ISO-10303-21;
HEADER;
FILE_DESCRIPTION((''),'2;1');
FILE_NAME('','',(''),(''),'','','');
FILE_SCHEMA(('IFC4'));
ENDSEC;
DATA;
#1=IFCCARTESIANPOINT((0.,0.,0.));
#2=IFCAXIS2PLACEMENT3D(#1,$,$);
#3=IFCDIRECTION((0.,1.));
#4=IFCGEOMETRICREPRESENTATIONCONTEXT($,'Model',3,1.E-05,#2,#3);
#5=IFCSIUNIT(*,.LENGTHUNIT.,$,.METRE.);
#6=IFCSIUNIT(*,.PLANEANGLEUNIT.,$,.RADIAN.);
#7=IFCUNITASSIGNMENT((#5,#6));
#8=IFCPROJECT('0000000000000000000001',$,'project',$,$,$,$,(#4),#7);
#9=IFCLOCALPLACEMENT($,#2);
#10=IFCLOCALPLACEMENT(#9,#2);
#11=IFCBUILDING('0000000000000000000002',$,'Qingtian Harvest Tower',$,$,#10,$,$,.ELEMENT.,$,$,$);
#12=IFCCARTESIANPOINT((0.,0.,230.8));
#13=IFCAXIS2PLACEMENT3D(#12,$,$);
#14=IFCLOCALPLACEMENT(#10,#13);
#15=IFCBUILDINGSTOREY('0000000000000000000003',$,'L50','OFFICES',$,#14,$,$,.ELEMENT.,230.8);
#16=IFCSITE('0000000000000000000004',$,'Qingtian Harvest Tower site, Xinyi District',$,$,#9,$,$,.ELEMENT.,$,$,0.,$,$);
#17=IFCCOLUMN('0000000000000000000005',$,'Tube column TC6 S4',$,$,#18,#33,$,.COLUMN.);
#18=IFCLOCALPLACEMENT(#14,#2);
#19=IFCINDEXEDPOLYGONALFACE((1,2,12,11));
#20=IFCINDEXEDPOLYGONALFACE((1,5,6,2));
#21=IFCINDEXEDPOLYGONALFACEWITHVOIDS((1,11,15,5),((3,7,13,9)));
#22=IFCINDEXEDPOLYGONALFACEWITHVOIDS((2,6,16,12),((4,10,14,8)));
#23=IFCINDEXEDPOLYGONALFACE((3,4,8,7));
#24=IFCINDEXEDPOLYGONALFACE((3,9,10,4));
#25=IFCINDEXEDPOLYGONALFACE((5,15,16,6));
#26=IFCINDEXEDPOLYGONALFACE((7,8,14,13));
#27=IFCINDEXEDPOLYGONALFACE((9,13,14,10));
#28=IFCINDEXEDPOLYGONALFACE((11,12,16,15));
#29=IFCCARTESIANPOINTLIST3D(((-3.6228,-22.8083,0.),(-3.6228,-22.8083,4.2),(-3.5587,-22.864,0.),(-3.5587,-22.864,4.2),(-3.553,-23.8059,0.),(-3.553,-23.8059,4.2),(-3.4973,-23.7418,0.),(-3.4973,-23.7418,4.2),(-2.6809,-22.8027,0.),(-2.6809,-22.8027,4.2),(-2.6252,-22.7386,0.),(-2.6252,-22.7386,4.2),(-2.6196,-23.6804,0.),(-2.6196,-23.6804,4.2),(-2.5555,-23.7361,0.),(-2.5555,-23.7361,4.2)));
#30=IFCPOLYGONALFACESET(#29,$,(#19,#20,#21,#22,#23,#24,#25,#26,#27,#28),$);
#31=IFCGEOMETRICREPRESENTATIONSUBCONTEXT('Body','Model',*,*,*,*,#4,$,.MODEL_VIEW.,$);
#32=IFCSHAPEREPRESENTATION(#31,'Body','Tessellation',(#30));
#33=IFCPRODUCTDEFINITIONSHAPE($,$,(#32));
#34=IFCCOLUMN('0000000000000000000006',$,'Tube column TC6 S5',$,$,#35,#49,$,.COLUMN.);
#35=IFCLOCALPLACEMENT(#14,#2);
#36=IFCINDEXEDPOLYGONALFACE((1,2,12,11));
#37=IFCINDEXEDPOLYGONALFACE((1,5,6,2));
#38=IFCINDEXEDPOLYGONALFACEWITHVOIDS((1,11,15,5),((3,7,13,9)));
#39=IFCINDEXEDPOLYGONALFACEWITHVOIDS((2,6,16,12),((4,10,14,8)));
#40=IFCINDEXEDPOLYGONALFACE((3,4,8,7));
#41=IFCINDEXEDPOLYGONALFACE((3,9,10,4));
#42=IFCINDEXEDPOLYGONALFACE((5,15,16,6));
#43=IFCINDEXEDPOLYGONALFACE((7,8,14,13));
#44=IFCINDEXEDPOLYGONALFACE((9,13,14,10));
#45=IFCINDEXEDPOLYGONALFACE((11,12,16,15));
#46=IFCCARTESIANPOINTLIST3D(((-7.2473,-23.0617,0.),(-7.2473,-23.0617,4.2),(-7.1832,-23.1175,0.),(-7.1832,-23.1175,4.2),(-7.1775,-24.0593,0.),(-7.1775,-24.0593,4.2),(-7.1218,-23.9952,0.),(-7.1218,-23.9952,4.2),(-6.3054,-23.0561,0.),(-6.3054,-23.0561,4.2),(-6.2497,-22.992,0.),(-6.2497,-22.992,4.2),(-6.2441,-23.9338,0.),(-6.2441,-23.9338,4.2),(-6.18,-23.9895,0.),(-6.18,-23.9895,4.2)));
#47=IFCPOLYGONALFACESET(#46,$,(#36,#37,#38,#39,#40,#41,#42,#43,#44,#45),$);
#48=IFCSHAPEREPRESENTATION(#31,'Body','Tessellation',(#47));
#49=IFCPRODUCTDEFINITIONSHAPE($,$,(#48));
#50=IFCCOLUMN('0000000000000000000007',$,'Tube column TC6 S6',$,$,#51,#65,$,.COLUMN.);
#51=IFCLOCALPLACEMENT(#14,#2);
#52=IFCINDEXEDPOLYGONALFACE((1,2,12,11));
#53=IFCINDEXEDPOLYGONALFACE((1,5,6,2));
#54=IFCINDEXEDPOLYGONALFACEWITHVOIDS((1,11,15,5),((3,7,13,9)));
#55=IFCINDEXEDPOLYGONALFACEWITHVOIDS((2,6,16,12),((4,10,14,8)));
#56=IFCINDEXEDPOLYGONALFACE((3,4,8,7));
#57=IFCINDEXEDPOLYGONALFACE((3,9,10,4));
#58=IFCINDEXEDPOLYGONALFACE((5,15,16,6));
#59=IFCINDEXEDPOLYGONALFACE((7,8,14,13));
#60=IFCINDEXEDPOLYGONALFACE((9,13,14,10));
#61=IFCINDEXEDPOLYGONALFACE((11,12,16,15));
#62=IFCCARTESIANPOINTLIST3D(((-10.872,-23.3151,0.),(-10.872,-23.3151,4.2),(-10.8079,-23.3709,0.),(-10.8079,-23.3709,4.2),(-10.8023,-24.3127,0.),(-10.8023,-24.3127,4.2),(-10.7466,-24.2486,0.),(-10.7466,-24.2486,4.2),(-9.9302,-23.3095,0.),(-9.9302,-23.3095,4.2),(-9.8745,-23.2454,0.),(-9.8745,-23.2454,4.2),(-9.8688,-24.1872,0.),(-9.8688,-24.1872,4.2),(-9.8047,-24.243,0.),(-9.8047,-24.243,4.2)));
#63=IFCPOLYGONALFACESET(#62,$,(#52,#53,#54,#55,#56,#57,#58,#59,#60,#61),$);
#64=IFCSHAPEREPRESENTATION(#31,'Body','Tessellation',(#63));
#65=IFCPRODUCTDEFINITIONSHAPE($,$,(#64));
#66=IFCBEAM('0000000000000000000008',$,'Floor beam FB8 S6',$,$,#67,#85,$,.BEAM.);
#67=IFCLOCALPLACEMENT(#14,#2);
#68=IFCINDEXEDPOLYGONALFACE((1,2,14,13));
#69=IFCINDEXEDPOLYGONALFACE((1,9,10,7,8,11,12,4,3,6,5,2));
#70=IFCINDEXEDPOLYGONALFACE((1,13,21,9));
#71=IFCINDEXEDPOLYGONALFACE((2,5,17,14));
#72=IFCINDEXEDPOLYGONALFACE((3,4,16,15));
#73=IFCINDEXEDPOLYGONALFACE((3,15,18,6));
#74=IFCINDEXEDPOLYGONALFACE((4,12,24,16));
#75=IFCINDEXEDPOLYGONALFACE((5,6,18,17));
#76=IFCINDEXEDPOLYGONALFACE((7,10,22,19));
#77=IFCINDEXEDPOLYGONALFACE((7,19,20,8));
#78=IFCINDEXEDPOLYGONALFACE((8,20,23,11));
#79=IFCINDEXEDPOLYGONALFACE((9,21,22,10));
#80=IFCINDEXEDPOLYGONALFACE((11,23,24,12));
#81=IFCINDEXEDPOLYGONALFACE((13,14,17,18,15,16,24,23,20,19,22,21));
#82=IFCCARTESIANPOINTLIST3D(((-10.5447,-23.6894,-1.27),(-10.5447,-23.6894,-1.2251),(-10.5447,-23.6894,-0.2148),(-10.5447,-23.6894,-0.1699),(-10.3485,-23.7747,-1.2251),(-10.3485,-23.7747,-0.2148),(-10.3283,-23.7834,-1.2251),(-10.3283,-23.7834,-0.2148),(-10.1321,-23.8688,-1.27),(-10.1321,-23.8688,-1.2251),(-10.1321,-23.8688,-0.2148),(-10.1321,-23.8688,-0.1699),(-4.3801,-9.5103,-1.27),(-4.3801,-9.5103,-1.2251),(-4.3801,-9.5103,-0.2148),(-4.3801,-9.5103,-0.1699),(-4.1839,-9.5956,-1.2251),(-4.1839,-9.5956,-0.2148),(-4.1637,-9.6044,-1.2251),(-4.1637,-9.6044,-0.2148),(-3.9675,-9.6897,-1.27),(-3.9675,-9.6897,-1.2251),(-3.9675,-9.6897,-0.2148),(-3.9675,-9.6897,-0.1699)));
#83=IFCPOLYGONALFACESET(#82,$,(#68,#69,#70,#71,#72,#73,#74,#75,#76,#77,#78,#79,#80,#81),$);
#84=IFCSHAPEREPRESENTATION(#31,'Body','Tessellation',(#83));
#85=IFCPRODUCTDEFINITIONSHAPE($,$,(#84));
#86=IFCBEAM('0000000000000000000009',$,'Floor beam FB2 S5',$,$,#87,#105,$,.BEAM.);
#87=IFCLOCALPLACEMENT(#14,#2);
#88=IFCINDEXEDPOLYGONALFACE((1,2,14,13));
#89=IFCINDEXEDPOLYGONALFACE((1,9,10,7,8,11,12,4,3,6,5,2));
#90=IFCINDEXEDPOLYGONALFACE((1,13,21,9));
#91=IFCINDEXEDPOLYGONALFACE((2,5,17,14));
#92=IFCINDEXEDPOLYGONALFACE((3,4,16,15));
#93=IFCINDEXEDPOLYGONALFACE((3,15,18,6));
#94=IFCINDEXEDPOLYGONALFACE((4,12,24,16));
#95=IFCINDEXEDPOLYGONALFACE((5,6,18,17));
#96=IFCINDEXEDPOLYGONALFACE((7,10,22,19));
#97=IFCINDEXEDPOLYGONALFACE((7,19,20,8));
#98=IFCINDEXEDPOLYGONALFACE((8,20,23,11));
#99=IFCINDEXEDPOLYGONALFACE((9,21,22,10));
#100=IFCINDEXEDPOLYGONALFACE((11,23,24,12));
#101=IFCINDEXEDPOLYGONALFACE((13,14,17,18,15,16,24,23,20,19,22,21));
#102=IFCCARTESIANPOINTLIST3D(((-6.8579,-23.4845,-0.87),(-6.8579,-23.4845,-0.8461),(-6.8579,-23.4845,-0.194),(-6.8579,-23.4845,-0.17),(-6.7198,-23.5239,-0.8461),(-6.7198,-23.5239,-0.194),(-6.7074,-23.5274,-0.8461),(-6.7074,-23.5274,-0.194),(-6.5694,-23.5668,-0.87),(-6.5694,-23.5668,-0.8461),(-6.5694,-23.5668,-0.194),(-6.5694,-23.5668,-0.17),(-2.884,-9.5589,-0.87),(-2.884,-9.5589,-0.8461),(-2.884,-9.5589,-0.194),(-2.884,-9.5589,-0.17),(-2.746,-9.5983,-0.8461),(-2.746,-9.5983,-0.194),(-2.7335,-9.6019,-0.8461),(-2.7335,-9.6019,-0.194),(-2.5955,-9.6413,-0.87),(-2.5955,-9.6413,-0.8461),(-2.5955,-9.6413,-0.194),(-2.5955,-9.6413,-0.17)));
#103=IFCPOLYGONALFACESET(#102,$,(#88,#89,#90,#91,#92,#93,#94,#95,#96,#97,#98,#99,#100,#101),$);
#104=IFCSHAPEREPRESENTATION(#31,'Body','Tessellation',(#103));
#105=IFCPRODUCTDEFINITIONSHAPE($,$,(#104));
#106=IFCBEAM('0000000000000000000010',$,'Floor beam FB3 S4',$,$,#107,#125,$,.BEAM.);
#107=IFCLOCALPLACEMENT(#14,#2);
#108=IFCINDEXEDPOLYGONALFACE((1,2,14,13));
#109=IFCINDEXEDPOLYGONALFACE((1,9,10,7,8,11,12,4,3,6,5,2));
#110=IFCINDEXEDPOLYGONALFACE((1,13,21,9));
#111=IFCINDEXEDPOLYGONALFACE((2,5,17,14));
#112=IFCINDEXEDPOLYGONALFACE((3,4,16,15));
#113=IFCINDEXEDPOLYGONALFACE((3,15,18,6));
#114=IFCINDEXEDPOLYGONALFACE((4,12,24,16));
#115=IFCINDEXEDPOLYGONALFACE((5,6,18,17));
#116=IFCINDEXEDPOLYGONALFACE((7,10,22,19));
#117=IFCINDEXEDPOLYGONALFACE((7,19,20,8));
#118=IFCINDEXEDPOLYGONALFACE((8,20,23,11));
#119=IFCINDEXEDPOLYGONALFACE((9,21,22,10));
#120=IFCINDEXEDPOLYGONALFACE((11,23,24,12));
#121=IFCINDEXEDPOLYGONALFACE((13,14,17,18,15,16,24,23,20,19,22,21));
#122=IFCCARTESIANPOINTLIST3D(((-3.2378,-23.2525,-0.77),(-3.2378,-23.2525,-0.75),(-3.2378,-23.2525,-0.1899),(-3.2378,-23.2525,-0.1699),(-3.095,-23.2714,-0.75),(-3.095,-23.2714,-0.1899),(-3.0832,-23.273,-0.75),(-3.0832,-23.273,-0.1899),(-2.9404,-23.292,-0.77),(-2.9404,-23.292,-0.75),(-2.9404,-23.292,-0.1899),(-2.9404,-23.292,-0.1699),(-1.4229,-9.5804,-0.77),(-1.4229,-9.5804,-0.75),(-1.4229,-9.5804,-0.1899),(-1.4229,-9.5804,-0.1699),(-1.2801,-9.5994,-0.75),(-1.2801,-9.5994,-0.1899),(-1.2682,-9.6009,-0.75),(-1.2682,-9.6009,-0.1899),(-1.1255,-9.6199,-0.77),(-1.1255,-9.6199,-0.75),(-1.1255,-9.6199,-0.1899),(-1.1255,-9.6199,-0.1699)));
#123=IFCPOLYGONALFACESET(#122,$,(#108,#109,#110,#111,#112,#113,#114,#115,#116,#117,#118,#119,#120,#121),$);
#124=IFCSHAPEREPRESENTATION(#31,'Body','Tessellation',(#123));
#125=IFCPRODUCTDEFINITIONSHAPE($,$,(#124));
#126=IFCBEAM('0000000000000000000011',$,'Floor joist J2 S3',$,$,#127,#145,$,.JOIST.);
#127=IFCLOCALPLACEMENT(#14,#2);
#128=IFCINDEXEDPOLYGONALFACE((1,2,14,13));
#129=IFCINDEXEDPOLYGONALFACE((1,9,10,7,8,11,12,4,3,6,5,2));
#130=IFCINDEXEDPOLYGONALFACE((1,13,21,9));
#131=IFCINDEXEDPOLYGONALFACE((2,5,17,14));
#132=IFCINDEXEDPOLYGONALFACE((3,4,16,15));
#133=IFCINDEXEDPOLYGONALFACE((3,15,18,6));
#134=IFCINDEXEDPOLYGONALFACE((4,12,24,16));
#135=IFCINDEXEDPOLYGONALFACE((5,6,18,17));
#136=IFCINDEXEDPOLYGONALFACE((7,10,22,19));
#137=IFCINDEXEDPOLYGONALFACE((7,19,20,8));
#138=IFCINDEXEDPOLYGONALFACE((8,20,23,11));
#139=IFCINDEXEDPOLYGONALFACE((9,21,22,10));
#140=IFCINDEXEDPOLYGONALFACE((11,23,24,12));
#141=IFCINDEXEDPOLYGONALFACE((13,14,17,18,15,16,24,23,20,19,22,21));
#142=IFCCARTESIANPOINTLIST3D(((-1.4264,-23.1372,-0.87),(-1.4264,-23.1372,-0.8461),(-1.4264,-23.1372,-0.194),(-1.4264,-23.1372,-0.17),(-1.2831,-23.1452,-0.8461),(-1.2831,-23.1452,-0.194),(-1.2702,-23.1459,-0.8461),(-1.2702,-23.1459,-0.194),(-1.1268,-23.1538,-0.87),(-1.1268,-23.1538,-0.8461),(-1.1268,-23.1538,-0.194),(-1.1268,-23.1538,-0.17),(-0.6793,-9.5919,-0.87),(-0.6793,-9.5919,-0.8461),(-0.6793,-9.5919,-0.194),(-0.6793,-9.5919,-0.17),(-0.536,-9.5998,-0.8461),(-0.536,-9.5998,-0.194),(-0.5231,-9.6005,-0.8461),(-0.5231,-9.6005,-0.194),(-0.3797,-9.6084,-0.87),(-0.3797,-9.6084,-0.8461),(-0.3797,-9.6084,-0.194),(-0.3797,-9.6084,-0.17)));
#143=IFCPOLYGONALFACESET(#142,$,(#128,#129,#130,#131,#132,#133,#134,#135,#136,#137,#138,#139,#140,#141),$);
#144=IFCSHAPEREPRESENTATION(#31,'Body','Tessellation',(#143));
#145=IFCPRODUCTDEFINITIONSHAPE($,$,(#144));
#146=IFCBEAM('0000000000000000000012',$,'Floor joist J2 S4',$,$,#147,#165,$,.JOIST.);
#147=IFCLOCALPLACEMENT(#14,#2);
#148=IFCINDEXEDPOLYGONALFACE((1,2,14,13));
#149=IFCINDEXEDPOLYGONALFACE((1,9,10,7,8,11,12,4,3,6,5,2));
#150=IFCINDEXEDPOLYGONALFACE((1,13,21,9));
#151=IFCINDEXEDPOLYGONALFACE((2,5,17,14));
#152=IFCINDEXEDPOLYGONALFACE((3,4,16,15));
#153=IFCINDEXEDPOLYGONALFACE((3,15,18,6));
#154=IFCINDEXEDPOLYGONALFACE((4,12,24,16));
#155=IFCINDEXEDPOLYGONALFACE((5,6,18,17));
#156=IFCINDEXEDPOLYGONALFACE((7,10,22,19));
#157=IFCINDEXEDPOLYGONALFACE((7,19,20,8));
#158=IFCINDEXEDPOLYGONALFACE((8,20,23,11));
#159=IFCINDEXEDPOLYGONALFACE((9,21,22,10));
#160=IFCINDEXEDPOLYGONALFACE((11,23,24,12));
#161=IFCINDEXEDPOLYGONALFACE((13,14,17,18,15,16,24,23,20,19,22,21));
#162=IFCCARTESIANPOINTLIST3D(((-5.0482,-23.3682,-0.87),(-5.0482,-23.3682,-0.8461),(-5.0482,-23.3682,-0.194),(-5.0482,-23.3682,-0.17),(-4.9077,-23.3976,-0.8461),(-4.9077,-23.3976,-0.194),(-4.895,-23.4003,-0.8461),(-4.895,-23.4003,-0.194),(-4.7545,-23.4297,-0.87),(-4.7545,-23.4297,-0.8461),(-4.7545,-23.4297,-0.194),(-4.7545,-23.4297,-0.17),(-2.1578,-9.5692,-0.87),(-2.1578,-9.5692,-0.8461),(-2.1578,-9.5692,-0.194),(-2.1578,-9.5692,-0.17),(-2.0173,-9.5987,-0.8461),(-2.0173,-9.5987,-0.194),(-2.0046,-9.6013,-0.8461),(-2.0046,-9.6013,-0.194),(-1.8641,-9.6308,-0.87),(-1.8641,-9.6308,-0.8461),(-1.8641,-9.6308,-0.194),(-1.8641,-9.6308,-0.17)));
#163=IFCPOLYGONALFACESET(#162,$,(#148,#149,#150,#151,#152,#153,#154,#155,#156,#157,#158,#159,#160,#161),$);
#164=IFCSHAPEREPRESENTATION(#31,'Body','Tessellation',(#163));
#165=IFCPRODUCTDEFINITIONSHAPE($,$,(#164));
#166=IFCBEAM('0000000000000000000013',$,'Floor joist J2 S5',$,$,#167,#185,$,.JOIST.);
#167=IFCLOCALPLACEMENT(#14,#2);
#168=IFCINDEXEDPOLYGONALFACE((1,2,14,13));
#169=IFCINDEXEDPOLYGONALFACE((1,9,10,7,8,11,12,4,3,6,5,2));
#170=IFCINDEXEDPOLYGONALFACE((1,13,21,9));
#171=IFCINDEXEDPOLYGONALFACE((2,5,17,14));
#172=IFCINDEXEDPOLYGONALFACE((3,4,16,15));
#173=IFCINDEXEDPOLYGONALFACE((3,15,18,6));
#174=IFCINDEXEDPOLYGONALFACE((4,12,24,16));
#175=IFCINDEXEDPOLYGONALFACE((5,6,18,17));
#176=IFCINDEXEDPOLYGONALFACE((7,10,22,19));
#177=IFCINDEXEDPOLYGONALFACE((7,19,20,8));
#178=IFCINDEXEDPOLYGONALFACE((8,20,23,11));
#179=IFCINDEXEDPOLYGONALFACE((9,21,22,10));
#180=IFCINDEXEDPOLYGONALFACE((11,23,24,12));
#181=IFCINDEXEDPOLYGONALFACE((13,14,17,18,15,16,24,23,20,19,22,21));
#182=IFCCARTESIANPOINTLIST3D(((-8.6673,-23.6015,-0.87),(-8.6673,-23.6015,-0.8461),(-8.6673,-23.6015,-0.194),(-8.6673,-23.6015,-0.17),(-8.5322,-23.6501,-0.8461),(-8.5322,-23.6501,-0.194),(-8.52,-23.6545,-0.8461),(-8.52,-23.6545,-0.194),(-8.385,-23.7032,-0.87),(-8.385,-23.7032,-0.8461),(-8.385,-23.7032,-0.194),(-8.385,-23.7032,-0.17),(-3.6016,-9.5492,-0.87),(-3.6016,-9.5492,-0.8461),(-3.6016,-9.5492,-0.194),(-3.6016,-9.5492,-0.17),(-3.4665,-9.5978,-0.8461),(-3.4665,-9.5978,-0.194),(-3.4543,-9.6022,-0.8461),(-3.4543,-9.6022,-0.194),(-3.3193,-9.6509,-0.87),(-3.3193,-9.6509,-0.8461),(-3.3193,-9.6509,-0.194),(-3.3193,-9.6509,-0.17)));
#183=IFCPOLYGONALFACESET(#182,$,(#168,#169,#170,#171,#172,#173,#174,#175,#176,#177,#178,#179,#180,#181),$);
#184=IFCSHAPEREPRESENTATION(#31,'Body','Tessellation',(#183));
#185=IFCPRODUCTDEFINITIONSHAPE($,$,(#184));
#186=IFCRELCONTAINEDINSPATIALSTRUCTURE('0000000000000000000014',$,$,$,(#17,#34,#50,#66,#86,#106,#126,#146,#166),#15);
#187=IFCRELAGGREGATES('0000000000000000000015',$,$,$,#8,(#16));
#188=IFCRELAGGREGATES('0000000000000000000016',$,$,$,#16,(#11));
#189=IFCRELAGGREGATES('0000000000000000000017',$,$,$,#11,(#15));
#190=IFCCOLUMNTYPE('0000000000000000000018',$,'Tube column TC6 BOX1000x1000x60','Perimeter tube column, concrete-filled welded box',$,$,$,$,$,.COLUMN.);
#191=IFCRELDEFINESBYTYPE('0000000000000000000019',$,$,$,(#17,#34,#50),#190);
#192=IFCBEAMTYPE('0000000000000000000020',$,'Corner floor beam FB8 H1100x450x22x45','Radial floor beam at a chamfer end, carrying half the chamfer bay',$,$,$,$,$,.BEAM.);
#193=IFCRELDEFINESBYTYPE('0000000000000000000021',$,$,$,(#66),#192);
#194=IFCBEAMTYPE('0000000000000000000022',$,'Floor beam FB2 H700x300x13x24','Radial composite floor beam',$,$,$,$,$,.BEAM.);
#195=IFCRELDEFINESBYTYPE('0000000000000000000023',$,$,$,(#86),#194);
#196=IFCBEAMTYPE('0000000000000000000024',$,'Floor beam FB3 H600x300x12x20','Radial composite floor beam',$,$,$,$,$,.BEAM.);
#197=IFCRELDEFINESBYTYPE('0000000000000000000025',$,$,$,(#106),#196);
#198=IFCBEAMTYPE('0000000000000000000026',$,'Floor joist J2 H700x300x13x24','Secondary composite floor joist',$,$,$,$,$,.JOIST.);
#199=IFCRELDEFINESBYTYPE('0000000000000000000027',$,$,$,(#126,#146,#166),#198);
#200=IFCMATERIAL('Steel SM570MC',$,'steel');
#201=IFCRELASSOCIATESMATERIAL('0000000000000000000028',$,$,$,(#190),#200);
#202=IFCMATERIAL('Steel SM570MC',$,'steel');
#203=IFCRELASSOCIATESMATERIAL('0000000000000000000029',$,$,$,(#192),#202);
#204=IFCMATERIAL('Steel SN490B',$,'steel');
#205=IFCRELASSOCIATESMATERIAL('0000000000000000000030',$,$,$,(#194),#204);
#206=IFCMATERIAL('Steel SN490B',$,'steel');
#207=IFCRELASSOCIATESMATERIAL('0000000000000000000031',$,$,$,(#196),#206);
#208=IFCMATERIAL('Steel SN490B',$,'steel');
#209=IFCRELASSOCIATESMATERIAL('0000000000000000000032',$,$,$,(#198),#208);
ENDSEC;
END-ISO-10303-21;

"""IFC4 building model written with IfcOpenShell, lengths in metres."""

from ifc_helpers import new_model, si_unit, direction, frame, origin, origin_2d, place, context, subcontext, project, spatial, hollow_rectangle, i_section, extrude, material, material_profile, profile_set, type_object, element, save


model = new_model("IFC4")

# Units and contexts
model_context = context("Model", 3, precision=1e-05, world=origin(), true_north=direction((0.0, 1.0)))
body_context = subcontext(model_context, "Body", "Model", "MODEL_VIEW")
ifc_project = project(units=[si_unit("LENGTHUNIT", "METRE"), si_unit("PLANEANGLEUNIT", "RADIAN")], contexts=[model_context])

# Site, building, storey
site_placement = place(None, origin())
site = spatial("IfcSite", under=ifc_project, at=site_placement, Name="Qingtian Harvest Tower site, Xinyi District", CompositionType="ELEMENT", RefElevation=0.0)
building_placement = place(site_placement, origin())
building = spatial("IfcBuilding", under=site, at=building_placement, Name="Qingtian Harvest Tower", CompositionType="ELEMENT")
storey_placement = place(building_placement, frame((0.0, 0.0, 230.8)))
storey = spatial("IfcBuildingStorey", under=building, at=storey_placement, Name="L50", Description="OFFICES", CompositionType="ELEMENT", Elevation=230.8)

# Columns
ifc_material_1 = material(Name="Steel SM570MC", Category="steel")
ifc_material_profile_1 = material_profile(ifc_material_1, hollow_rectangle(XDim=1.0, YDim=1.0, WallThickness=0.0601, at=origin_2d()), Name="BOX1000x1000x60")
ifc_profile_set_1 = profile_set([ifc_material_profile_1], Name="Steel SM570MC")
column_type = type_object("IfcColumnType", Name="Tube column TC6 BOX1000x1000x60", Description="Perimeter tube column, concrete-filled welded box", PredefinedType="COLUMN", material=ifc_profile_set_1)
for number, where, z_axis, x_axis, name in (
    (1, (-3.0891, -23.2722, 0.0), (0.0, 0.0, 1.0), (0.997564, 0.069756, 0.0), "Tube column TC6 S4"),
    (2, (-6.7136, -23.5256, 0.0), (0.0, 0.0, 1.0), (0.997564, 0.069756, 0.0), "Tube column TC6 S5"),
    (3, (-10.3384, -23.7791, 0.0), (0.0, 0.0, 1.0), (0.997564, 0.069756, 0.0), "Tube column TC6 S6"),
):
    element("IfcColumn", number, at=place(storey_placement, frame(where, z_axis=z_axis, x_axis=x_axis)), inside=storey, type_object=column_type, Name=name, PredefinedType="COLUMN", context=body_context, shape_type="SweptSolid", body=[
        extrude(hollow_rectangle(XDim=1.0, YDim=1.0, WallThickness=0.0601, at=origin_2d()), origin(), (0.0, 0.0, 1.0), 4.2),
    ])

# Beams
ifc_material_2 = material(Name="Steel SM570MC", Category="steel")
ifc_material_profile_2 = material_profile(ifc_material_2, i_section(OverallWidth=0.45, OverallDepth=1.1001, WebThickness=0.022, FlangeThickness=0.0449, at=origin_2d()), Name="H1100x450x22x45")
ifc_profile_set_2 = profile_set([ifc_material_profile_2], Name="Steel SM570MC")
beam_type_1 = type_object("IfcBeamType", Name="Corner floor beam FB8 H1100x450x22x45", Description="Radial floor beam at a chamfer end, carrying half the chamfer bay", PredefinedType="BEAM", material=ifc_profile_set_2)
beam_1_placement = place(storey_placement, frame((-10.3384, -23.7791, -0.72), z_axis=(0.398715, 0.917075, 0.0), x_axis=(-0.917075, 0.398715, 0.0)))
element("IfcBeam", 4, at=beam_1_placement, inside=storey, type_object=beam_type_1, Name="Floor beam FB8 S6", PredefinedType="BEAM", context=body_context, shape_type="SweptSolid", body=[
    extrude(i_section(OverallWidth=0.45, OverallDepth=1.1001, WebThickness=0.022, FlangeThickness=0.0449, at=origin_2d()), origin(), (0.0, 0.0, 1.0), 15.4612),
])
ifc_material_3 = material(Name="Steel SN490B", Category="steel")
ifc_material_profile_3 = material_profile(ifc_material_3, i_section(OverallWidth=0.3, OverallDepth=0.7, WebThickness=0.0129, FlangeThickness=0.0239, at=origin_2d()), Name="H700x300x13x24")
ifc_profile_set_3 = profile_set([ifc_material_profile_3], Name="Steel SN490B")
beam_type_2 = type_object("IfcBeamType", Name="Floor beam FB2 H700x300x13x24", Description="Radial composite floor beam", PredefinedType="BEAM", material=ifc_profile_set_3)
beam_2_placement = place(storey_placement, frame((-6.7136, -23.5256, -0.52), z_axis=(0.274412, 0.961612, 0.0), x_axis=(-0.961612, 0.274412, 0.0)))
element("IfcBeam", 5, at=beam_2_placement, inside=storey, type_object=beam_type_2, Name="Floor beam FB2 S5", PredefinedType="BEAM", context=body_context, shape_type="SweptSolid", body=[
    extrude(i_section(OverallWidth=0.3, OverallDepth=0.7, WebThickness=0.0129, FlangeThickness=0.0239, at=origin_2d()), origin(), (0.0, 0.0, 1.0), 14.4814),
])
ifc_material_4 = material(Name="Steel SN490B", Category="steel")
ifc_material_profile_4 = material_profile(ifc_material_4, i_section(OverallWidth=0.3, OverallDepth=0.6001, WebThickness=0.012, FlangeThickness=0.02, at=origin_2d()), Name="H600x300x12x20")
ifc_profile_set_4 = profile_set([ifc_material_profile_4], Name="Steel SN490B")
beam_type_3 = type_object("IfcBeamType", Name="Floor beam FB3 H600x300x12x20", Description="Radial composite floor beam", PredefinedType="BEAM", material=ifc_profile_set_4)
beam_3_placement = place(storey_placement, frame((-3.0891, -23.2722, -0.47), z_axis=(0.131593, 0.991304, 0.0), x_axis=(-0.991304, 0.131593, 0.0)))
element("IfcBeam", 6, at=beam_3_placement, inside=storey, type_object=beam_type_3, Name="Floor beam FB3 S4", PredefinedType="BEAM", context=body_context, shape_type="SweptSolid", body=[
    extrude(i_section(OverallWidth=0.3, OverallDepth=0.6001, WebThickness=0.012, FlangeThickness=0.02, at=origin_2d()), origin(), (0.0, 0.0, 1.0), 13.792),
])
ifc_material_5 = material(Name="Steel SN490B", Category="steel")
ifc_material_profile_5 = material_profile(ifc_material_5, i_section(OverallWidth=0.3, OverallDepth=0.7, WebThickness=0.0129, FlangeThickness=0.0239, at=origin_2d()), Name="H700x300x13x24")
ifc_profile_set_5 = profile_set([ifc_material_profile_5], Name="Steel SN490B")
beam_type_4 = type_object("IfcBeamType", Name="Floor joist J2 H700x300x13x24", Description="Secondary composite floor joist", PredefinedType="JOIST", material=ifc_profile_set_5)
beam_4_placement = place(storey_placement, frame((-1.2766, -23.1455, -0.52), z_axis=(0.055069, 0.998483, 0.0), x_axis=(-0.998483, 0.055069, 0.0)))
element("IfcBeam", 7, at=beam_4_placement, inside=storey, type_object=beam_type_4, Name="Floor joist J2 S3", PredefinedType="JOIST", context=body_context, shape_type="SweptSolid", body=[
    extrude(i_section(OverallWidth=0.3, OverallDepth=0.7, WebThickness=0.0129, FlangeThickness=0.0239, at=origin_2d()), origin(), (0.0, 0.0, 1.0), 13.5659),
])
beam_5_placement = place(storey_placement, frame((-4.9014, -23.3989, -0.52), z_axis=(0.205016, 0.978759, 0.0), x_axis=(-0.978759, 0.205016, 0.0)))
element("IfcBeam", 8, at=beam_5_placement, inside=storey, type_object=beam_type_4, Name="Floor joist J2 S4", PredefinedType="JOIST", context=body_context, shape_type="SweptSolid", body=[
    extrude(i_section(OverallWidth=0.3, OverallDepth=0.7, WebThickness=0.0129, FlangeThickness=0.0239, at=origin_2d()), origin(), (0.0, 0.0, 1.0), 14.0984),
])
beam_6_placement = place(storey_placement, frame((-8.5261, -23.6523, -0.52), z_axis=(0.339126, 0.940741, 0.0), x_axis=(-0.940741, 0.339126, 0.0)))
element("IfcBeam", 9, at=beam_6_placement, inside=storey, type_object=beam_type_4, Name="Floor joist J2 S5", PredefinedType="JOIST", context=body_context, shape_type="SweptSolid", body=[
    extrude(i_section(OverallWidth=0.3, OverallDepth=0.7, WebThickness=0.0129, FlangeThickness=0.0239, at=origin_2d()), origin(), (0.0, 0.0, 1.0), 14.9375),
])

save(model, "model.ifc")
